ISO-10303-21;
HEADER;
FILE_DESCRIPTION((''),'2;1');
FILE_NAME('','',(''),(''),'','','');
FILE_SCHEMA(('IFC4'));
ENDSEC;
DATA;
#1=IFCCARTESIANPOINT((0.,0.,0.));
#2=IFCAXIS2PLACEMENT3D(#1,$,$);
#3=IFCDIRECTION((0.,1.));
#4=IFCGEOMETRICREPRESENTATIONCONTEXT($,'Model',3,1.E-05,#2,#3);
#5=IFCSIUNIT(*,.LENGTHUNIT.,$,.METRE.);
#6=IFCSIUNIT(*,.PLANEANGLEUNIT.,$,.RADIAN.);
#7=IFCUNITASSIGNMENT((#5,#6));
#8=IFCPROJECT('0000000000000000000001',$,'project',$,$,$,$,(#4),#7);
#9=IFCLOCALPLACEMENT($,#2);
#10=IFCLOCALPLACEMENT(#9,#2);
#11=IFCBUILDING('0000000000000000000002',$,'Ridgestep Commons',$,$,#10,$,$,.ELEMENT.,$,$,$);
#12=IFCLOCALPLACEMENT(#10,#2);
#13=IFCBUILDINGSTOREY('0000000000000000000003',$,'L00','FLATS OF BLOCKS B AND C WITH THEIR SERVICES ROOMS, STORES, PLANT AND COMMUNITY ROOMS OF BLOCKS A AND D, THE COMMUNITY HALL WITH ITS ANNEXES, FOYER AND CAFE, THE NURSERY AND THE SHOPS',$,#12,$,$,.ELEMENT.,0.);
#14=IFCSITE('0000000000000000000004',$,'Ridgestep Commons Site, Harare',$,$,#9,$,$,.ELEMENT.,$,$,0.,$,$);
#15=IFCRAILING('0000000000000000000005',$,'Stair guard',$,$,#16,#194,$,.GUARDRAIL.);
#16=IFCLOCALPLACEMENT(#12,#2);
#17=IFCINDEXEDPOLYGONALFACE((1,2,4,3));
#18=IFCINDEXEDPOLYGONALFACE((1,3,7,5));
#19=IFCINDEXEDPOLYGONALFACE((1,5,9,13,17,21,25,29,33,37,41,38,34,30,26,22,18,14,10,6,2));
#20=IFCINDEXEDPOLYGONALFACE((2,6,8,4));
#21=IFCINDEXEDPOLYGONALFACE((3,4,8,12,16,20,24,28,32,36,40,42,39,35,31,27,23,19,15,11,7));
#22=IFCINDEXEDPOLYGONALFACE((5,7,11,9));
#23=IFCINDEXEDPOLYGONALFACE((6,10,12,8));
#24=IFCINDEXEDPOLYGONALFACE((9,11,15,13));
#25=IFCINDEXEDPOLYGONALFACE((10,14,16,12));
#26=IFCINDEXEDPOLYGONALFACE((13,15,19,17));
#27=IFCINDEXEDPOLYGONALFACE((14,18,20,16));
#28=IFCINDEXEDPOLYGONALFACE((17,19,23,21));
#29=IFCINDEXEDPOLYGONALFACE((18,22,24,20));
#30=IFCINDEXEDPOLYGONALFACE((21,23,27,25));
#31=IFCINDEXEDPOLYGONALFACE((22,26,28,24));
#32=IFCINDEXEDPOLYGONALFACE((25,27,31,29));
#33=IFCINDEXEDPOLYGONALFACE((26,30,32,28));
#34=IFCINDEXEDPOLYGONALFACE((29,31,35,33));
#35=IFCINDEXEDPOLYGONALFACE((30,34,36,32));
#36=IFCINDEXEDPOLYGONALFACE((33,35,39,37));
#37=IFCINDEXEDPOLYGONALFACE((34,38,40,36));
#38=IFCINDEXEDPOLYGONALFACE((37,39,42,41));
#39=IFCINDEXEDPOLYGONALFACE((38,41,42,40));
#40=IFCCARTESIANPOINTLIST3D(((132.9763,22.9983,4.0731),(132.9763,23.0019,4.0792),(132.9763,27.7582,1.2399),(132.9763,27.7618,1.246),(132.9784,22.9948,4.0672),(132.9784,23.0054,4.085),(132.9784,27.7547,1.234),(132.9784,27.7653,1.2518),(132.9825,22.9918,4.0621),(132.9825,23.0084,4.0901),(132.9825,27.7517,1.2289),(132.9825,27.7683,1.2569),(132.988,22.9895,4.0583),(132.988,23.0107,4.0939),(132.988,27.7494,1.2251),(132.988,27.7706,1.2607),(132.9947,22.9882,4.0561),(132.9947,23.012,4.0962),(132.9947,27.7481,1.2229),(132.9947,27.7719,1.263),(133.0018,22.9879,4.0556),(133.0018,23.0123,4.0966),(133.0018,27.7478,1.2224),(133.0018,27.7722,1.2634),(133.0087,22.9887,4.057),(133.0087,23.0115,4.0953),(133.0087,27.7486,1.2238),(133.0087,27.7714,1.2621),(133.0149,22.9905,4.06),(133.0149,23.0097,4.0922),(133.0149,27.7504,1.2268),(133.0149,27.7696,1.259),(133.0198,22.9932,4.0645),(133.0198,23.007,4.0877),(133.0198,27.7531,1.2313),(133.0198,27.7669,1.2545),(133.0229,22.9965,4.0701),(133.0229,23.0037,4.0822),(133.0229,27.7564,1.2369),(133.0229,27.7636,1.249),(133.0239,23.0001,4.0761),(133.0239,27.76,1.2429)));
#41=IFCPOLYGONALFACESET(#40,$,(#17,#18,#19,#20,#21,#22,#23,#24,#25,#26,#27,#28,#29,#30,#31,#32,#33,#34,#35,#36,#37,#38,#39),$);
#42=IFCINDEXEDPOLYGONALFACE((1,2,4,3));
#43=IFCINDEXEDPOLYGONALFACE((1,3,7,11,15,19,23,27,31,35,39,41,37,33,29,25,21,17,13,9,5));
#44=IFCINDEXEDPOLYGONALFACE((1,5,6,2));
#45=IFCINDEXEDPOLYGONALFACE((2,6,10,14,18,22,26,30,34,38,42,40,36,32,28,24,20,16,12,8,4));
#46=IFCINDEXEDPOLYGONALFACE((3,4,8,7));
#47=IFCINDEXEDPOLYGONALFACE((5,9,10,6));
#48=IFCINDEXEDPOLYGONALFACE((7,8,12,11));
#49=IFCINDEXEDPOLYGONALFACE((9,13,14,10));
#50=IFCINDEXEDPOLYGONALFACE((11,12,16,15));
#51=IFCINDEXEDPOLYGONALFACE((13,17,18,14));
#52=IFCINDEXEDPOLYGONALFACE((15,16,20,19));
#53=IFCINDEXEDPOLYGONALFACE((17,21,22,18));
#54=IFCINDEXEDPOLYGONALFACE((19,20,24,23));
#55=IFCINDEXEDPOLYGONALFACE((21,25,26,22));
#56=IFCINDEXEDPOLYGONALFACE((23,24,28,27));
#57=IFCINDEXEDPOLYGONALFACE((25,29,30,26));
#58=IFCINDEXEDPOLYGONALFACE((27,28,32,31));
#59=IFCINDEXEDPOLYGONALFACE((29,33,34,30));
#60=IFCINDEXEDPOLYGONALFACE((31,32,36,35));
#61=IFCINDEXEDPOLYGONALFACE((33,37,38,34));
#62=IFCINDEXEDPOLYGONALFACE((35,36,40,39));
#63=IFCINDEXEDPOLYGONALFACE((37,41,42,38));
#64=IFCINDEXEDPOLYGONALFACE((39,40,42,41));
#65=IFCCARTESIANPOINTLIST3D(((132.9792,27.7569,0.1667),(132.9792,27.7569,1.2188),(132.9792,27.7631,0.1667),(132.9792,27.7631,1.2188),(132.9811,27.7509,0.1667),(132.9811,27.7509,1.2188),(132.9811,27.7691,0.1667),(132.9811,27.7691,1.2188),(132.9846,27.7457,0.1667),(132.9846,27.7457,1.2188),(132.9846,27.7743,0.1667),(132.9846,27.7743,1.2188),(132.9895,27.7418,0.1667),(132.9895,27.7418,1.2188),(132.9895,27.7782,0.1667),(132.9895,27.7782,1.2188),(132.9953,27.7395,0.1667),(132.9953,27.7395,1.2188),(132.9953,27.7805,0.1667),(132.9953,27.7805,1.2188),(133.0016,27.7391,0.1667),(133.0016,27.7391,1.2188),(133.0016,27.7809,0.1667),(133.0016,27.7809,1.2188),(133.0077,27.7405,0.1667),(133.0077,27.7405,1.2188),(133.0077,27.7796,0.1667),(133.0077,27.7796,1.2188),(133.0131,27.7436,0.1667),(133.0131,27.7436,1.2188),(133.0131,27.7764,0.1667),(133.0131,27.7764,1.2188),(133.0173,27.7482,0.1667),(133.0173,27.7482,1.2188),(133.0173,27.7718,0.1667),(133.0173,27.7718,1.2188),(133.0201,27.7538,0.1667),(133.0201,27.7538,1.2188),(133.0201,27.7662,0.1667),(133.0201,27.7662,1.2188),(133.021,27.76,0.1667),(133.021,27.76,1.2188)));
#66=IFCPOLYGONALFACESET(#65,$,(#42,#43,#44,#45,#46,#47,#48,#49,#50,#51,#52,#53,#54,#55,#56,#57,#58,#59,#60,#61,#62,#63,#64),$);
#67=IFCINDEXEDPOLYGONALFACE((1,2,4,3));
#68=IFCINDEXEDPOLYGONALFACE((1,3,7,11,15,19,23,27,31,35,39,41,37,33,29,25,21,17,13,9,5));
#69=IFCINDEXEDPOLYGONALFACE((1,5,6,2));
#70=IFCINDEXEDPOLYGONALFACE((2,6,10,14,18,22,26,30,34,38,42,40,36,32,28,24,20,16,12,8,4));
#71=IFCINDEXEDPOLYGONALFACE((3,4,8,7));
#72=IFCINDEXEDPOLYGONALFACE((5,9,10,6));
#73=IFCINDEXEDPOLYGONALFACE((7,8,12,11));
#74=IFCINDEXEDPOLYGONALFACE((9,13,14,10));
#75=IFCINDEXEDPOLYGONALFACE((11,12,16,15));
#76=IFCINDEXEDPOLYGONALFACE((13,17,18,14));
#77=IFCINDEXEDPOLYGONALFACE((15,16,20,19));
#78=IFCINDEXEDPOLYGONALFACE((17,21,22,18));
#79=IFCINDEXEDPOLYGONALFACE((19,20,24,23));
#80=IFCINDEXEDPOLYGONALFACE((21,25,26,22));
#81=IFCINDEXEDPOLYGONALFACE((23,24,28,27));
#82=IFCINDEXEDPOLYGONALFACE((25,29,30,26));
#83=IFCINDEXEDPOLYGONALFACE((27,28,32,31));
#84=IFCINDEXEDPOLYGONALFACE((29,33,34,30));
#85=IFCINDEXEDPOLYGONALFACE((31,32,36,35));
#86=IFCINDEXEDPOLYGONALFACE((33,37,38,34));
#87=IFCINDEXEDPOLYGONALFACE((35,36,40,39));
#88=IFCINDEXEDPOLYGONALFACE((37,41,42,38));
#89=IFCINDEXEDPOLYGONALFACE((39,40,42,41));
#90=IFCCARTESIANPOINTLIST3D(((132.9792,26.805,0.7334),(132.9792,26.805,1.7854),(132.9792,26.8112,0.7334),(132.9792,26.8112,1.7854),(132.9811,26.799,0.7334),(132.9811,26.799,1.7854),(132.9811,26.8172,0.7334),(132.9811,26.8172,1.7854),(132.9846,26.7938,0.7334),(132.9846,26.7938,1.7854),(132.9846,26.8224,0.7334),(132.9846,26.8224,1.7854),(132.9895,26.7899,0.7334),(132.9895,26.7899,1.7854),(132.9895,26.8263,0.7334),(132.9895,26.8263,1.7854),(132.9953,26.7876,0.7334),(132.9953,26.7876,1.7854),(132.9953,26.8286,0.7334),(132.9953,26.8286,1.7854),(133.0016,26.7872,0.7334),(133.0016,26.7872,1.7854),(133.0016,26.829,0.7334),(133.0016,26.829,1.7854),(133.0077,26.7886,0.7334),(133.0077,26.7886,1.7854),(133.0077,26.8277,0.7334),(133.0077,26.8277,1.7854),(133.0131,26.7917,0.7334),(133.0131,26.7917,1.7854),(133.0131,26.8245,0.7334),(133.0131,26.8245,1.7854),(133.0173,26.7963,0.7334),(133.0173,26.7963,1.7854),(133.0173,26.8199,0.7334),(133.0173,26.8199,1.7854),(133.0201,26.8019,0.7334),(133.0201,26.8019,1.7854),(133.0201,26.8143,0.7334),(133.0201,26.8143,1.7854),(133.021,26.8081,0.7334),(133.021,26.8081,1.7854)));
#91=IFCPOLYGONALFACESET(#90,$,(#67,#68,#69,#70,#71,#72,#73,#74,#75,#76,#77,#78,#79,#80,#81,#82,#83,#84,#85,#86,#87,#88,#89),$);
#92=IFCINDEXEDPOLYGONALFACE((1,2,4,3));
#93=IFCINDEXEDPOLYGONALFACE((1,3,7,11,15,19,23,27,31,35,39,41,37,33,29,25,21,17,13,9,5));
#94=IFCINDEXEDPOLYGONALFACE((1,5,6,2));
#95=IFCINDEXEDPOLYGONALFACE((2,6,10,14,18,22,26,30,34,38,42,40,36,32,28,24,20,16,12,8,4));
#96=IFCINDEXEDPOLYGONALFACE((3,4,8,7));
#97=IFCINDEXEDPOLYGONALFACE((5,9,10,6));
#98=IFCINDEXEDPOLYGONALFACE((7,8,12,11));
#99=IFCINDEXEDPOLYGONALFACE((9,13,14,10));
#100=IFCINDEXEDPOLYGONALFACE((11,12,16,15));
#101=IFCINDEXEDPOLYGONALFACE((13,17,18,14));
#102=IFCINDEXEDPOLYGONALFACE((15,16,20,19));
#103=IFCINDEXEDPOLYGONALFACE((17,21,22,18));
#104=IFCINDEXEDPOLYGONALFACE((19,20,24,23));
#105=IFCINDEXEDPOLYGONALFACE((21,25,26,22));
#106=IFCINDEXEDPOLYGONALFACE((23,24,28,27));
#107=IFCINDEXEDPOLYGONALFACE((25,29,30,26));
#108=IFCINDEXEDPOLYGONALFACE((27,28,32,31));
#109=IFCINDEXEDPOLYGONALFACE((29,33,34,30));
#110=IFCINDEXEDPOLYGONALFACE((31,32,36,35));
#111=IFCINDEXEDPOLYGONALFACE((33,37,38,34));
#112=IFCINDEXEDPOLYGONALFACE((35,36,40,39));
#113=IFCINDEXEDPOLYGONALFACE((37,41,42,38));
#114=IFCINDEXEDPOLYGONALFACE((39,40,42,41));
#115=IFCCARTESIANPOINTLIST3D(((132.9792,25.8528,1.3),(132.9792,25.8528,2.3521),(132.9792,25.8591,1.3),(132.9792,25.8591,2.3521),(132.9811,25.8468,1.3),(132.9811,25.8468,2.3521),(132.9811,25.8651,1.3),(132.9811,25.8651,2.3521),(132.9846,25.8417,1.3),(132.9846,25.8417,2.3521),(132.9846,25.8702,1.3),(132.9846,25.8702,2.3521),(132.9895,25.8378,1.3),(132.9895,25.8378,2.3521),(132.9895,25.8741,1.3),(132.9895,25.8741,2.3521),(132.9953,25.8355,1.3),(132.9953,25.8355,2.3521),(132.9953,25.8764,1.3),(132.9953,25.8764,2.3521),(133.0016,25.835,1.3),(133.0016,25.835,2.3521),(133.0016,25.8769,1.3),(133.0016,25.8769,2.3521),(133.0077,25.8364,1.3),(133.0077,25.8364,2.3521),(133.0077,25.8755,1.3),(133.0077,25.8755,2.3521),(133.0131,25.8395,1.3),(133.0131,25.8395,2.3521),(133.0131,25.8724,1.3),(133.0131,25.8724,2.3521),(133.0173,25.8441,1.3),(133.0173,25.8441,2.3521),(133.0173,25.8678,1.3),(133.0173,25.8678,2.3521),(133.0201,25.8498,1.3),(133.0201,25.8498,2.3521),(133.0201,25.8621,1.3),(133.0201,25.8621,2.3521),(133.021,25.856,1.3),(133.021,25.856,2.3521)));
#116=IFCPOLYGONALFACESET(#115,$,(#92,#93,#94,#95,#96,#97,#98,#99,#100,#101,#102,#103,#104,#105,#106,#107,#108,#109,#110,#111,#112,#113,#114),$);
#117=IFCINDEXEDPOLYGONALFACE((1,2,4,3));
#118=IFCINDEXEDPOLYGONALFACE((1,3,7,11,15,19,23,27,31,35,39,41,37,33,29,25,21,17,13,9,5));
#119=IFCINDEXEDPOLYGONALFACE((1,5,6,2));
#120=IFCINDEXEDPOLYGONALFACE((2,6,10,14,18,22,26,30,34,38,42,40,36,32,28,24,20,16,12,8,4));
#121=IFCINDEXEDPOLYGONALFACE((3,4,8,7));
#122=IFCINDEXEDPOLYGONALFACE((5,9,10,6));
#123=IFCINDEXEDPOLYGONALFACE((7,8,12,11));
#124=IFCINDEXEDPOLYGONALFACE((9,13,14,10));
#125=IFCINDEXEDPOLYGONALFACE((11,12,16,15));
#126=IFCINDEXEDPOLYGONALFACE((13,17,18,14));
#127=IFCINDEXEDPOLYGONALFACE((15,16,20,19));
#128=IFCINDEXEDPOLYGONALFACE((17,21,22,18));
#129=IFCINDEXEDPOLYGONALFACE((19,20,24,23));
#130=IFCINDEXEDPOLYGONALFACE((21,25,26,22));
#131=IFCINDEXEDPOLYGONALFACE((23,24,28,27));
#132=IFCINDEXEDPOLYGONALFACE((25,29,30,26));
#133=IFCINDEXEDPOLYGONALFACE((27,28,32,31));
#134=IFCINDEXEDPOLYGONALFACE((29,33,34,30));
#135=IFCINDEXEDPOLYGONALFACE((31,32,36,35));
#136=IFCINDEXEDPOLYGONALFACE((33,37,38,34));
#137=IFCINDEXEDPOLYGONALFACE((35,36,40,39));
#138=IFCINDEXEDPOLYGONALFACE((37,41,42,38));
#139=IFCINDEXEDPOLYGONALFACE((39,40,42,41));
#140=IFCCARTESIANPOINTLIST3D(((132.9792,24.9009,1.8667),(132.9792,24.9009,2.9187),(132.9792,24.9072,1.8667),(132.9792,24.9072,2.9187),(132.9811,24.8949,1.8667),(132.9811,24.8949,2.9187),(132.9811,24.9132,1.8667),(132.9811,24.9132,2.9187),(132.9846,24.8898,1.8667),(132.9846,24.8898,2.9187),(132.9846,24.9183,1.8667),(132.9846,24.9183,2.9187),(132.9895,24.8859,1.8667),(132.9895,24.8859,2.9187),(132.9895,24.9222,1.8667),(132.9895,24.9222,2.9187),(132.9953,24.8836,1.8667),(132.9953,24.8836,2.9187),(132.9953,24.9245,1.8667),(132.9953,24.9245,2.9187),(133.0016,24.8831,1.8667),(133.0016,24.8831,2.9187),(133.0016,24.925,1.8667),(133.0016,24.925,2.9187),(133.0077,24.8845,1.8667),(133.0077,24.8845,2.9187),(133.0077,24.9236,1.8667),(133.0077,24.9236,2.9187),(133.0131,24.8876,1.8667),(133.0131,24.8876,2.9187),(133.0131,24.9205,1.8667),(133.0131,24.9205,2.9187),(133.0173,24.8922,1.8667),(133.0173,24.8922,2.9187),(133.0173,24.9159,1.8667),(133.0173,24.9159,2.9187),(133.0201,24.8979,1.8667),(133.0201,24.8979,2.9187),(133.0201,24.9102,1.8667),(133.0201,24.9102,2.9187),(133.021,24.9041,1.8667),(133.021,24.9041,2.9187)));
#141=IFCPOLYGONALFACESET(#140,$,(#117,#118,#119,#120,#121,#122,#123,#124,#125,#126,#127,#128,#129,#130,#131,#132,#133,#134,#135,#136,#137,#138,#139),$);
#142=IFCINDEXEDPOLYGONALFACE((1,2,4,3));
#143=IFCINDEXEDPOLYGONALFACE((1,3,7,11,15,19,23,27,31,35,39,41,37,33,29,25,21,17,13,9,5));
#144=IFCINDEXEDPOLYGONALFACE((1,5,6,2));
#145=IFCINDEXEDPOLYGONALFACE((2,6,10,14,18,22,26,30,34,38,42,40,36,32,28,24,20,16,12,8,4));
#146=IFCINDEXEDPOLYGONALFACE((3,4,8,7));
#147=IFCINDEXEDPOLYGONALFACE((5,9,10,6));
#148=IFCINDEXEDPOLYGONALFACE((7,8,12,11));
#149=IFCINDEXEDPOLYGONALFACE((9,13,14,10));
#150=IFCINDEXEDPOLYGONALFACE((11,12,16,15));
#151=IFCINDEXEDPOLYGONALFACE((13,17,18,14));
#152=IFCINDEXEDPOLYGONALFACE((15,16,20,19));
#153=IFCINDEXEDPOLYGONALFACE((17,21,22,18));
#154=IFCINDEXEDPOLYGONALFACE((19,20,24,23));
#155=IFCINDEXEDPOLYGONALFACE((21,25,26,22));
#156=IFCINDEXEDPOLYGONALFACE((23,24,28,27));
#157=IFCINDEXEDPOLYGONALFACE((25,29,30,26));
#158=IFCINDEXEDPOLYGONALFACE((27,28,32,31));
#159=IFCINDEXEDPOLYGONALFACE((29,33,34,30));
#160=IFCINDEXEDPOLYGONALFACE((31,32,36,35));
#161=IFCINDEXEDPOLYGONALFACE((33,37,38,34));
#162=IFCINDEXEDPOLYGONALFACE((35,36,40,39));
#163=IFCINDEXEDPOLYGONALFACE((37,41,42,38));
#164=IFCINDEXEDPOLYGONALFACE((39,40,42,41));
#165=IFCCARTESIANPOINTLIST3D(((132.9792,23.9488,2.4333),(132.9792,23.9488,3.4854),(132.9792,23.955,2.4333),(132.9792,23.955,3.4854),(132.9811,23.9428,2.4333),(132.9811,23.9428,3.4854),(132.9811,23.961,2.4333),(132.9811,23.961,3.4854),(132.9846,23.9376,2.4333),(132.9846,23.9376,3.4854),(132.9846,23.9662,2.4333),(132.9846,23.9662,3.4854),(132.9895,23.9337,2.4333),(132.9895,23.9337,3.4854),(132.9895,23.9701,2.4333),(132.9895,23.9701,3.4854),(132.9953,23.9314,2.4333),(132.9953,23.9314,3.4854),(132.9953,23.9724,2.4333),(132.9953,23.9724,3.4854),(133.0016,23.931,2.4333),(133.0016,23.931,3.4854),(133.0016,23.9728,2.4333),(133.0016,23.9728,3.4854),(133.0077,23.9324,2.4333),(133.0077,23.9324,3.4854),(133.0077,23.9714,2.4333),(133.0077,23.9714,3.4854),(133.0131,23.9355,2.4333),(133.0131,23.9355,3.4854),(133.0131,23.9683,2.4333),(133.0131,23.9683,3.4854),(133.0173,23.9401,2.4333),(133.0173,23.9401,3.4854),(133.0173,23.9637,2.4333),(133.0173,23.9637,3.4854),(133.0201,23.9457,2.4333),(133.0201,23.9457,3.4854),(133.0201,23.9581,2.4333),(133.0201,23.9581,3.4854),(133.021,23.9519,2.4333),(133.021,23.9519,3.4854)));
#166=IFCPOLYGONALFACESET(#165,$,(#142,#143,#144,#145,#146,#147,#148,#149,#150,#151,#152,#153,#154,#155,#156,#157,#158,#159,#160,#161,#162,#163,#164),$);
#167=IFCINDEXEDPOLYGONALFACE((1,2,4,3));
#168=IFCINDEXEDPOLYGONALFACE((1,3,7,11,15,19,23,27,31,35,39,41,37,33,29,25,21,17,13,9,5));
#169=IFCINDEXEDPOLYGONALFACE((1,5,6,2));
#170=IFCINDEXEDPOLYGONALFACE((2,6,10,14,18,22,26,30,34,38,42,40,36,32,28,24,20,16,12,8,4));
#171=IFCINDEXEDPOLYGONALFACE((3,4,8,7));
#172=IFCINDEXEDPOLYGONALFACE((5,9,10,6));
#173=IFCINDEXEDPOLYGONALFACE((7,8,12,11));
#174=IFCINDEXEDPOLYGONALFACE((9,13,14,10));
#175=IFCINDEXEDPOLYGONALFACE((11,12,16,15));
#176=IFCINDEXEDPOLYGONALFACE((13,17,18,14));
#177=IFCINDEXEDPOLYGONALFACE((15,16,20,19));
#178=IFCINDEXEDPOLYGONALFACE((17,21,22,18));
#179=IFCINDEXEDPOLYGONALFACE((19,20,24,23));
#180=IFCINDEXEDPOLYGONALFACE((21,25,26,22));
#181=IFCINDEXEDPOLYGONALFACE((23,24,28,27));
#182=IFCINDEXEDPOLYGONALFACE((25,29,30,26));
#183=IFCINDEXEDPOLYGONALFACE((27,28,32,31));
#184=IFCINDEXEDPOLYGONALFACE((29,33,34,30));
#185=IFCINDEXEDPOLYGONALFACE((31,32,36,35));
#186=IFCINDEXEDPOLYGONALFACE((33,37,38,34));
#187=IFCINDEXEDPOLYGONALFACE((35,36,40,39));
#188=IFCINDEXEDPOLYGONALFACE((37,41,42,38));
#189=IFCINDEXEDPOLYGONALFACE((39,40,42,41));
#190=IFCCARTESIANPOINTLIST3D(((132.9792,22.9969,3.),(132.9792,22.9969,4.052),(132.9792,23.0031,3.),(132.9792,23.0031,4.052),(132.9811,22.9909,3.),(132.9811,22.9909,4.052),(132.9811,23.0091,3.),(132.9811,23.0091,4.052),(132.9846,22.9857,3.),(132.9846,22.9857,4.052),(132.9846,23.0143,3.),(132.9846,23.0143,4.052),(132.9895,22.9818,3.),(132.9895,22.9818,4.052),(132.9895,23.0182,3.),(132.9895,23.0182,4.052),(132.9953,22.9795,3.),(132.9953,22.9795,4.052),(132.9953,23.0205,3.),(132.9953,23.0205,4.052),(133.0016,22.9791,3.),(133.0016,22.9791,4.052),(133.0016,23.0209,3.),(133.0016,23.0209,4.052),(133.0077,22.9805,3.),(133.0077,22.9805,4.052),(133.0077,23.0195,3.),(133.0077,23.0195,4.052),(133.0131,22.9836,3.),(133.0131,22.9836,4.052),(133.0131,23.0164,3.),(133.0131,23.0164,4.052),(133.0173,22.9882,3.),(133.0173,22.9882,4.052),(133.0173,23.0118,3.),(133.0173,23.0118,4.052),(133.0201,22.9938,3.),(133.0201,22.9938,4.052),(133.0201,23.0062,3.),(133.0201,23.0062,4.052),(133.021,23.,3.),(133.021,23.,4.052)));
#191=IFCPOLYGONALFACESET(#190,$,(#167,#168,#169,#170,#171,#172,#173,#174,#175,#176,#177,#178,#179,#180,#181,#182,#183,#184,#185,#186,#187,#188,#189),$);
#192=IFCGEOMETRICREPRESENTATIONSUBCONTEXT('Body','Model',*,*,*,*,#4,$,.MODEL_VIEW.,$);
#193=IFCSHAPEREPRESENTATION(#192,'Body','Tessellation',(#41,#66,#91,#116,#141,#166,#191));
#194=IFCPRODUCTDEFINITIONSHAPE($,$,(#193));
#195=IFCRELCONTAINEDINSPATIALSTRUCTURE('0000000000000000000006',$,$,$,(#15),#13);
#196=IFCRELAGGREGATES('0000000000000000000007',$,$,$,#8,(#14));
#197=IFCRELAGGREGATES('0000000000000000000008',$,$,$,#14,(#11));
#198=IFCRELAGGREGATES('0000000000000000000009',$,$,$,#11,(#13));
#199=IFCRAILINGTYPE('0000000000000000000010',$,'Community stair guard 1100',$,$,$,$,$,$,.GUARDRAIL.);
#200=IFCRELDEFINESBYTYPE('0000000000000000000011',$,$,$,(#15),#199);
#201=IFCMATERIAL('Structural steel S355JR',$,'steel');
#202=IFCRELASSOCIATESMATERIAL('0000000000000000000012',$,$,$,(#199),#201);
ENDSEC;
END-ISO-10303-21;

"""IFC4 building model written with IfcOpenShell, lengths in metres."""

from ifc_helpers import new_model, si_unit, direction, frame, origin, origin_2d, place, context, subcontext, project, spatial, circle, extrude, material, type_object, element, save


model = new_model("IFC4")

# Units and contexts
model_context = context("Model", 3, precision=1e-05, world=origin(), true_north=direction((0.0, 1.0)))
body_context = subcontext(model_context, "Body", "Model", "MODEL_VIEW")
ifc_project = project(units=[si_unit("LENGTHUNIT", "METRE"), si_unit("PLANEANGLEUNIT", "RADIAN")], contexts=[model_context])

# Site, building, storey
site_placement = place(None, origin())
site = spatial("IfcSite", under=ifc_project, at=site_placement, Name="Ridgestep Commons Site, Harare", CompositionType="ELEMENT", RefElevation=0.0)
building_placement = place(site_placement, origin())
building = spatial("IfcBuilding", under=site, at=building_placement, Name="Ridgestep Commons", CompositionType="ELEMENT")
storey_placement = place(building_placement, origin())
storey = spatial("IfcBuildingStorey", under=building, at=storey_placement, Name="L00", Description="FLATS OF BLOCKS B AND C WITH THEIR SERVICES ROOMS, STORES, PLANT AND COMMUNITY ROOMS OF BLOCKS A AND D, THE COMMUNITY HALL WITH ITS ANNEXES, FOYER AND CAFE, THE NURSERY AND THE SHOPS", CompositionType="ELEMENT", Elevation=0.0)

# Railing
ifc_material_1 = material(Name="Structural steel S355JR", Category="steel")
railing_type_1 = type_object("IfcRailingType", Name="Community stair guard 1100", PredefinedType="GUARDRAIL", material=ifc_material_1)
for number, where, name in (
    (1, (133.0, 27.76, 0.1667), "Stair guard"),
):
    element("IfcRailing", number, at=place(storey_placement, frame(where)), inside=storey, type_object=railing_type_1, Name=name, PredefinedType="GUARDRAIL", context=body_context, shape_type="SweptSolid", body=[
        extrude(circle(Radius=0.0239, at=origin_2d()), frame((0.0, 0.0, 1.0762), z_axis=(0.0, -0.8593, 0.511472), x_axis=(1.0, 0.0, 0.0)), (0.0, 0.0, 1.0), 5.5393),
        extrude(circle(Radius=0.021, at=origin_2d()), origin(), (0.0, 0.0, 1.0), 1.052),
        extrude(circle(Radius=0.021, at=origin_2d()), frame((0.0, -0.9519, 0.5667)), (0.0, 0.0, 1.0), 1.052),
        extrude(circle(Radius=0.021, at=origin_2d()), frame((0.0, -1.9041, 1.1333)), (0.0, 0.0, 1.0), 1.052),
        extrude(circle(Radius=0.021, at=origin_2d()), frame((0.0, -2.856, 1.7)), (0.0, 0.0, 1.0), 1.052),
        extrude(circle(Radius=0.021, at=origin_2d()), frame((0.0, -3.8081, 2.2666)), (0.0, 0.0, 1.0), 1.052),
        extrude(circle(Radius=0.021, at=origin_2d()), frame((0.0, -4.76, 2.8333)), (0.0, 0.0, 1.0), 1.052),
    ])

save(model, "model.ifc")
